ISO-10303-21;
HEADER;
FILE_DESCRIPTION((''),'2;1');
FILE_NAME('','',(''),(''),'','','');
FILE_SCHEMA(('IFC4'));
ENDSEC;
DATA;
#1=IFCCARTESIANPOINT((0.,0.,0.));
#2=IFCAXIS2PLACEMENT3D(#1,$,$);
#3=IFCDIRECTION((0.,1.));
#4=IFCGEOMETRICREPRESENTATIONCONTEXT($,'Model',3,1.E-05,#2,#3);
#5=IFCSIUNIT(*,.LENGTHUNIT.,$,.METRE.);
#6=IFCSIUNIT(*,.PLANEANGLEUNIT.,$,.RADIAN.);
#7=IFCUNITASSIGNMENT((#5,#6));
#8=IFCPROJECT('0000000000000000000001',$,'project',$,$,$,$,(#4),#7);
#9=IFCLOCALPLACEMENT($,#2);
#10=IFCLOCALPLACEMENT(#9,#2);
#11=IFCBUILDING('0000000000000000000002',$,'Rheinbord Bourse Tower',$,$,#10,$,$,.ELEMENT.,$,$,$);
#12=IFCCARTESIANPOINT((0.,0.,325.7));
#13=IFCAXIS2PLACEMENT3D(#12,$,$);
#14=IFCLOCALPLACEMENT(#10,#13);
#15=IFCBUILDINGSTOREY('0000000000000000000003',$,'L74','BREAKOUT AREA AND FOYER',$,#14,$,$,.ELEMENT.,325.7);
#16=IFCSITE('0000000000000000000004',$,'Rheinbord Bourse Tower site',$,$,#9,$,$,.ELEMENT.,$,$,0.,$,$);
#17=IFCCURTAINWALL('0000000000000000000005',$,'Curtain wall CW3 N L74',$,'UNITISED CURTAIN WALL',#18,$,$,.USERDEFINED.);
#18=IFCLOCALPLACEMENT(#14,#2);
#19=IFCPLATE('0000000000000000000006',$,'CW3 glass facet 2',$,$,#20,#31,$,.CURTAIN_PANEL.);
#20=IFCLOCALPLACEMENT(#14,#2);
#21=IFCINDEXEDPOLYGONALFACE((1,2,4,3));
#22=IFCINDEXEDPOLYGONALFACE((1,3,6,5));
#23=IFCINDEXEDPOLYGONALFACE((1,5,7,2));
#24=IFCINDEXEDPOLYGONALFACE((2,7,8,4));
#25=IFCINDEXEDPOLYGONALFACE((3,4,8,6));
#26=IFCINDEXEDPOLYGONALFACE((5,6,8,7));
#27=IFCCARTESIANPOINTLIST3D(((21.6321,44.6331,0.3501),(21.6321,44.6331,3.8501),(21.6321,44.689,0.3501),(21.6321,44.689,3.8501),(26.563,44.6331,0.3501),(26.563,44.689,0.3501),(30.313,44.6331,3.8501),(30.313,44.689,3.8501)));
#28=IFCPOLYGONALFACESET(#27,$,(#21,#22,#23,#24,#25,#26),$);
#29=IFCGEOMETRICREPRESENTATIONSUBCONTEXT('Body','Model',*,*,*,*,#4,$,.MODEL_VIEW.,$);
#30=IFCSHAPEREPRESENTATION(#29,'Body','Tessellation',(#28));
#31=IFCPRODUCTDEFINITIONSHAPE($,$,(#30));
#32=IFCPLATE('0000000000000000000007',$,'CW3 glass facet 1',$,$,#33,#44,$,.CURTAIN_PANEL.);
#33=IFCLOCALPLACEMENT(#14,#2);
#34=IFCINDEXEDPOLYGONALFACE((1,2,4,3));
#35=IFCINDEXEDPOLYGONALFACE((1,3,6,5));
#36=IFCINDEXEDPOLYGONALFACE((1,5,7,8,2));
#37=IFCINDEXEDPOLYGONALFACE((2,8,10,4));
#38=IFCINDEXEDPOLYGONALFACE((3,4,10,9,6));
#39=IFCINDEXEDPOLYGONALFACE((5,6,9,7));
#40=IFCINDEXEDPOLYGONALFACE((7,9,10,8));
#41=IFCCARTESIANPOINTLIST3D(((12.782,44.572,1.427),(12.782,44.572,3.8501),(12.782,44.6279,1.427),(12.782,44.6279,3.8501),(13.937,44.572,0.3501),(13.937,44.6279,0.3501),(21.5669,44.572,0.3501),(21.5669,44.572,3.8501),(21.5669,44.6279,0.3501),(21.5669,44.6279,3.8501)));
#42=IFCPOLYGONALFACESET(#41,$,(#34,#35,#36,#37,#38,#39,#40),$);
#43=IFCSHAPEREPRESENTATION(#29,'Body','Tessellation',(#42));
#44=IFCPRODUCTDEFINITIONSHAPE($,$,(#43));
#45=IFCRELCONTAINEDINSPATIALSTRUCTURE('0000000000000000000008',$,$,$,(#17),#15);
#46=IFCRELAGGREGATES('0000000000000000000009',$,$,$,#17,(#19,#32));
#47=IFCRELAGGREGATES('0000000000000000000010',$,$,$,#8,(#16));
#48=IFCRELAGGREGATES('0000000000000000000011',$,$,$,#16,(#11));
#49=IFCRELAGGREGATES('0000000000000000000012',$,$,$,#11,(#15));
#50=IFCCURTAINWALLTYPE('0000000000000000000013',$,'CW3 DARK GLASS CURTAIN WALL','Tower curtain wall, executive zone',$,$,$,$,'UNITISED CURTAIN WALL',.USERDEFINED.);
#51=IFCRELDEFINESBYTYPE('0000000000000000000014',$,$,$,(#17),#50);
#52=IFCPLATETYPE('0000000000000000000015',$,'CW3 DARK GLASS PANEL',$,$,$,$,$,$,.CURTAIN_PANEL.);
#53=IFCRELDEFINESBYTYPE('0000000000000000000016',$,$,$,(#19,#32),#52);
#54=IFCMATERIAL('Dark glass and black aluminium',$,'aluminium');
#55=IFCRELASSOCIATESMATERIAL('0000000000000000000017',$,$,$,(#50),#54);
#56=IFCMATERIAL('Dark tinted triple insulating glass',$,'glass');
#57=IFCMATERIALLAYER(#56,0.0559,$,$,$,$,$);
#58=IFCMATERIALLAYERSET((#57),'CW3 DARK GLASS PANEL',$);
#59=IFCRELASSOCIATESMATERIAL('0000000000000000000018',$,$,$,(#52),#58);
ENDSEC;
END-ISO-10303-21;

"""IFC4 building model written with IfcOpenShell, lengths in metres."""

from ifc_helpers import new_model, si_unit, direction, frame, origin, place, context, subcontext, project, spatial, polyline, outline, extrude, material, layer, layer_set, type_object, element, aggregate, save


model = new_model("IFC4")

# Units and contexts
model_context = context("Model", 3, precision=1e-05, world=origin(), true_north=direction((0.0, 1.0)))
body_context = subcontext(model_context, "Body", "Model", "MODEL_VIEW")
ifc_project = project(units=[si_unit("LENGTHUNIT", "METRE"), si_unit("PLANEANGLEUNIT", "RADIAN")], contexts=[model_context])

# Site, building, storey
site_placement = place(None, origin())
site = spatial("IfcSite", under=ifc_project, at=site_placement, Name="Rheinbord Bourse Tower site", CompositionType="ELEMENT", RefElevation=0.0)
building_placement = place(site_placement, origin())
building = spatial("IfcBuilding", under=site, at=building_placement, Name="Rheinbord Bourse Tower", CompositionType="ELEMENT")
storey_placement = place(building_placement, frame((0.0, 0.0, 325.7)))
storey = spatial("IfcBuildingStorey", under=building, at=storey_placement, Name="L74", Description="BREAKOUT AREA AND FOYER", CompositionType="ELEMENT", Elevation=325.7)

# Curtain wall
ifc_material_1 = material(Name="Dark glass and black aluminium", Category="aluminium")
curtain_wall_type = type_object("IfcCurtainWallType", Name="CW3 DARK GLASS CURTAIN WALL", Description="Tower curtain wall, executive zone", ElementType="UNITISED CURTAIN WALL", PredefinedType="USERDEFINED", material=ifc_material_1)
curtain_wall_placement = place(storey_placement, origin())
curtain_wall = element("IfcCurtainWall", 1, at=curtain_wall_placement, inside=storey, type_object=curtain_wall_type, Name="Curtain wall CW3 N L74", ObjectType="UNITISED CURTAIN WALL", PredefinedType="USERDEFINED")

# Plates
ifc_material_2 = material(Name="Dark tinted triple insulating glass", Category="glass")
ifc_layer = layer(ifc_material_2, 0.0559)
ifc_layer_set = layer_set([ifc_layer], Name="CW3 DARK GLASS PANEL")
plate_type = type_object("IfcPlateType", Name="CW3 DARK GLASS PANEL", PredefinedType="CURTAIN_PANEL", material=ifc_layer_set)
plate_1_placement = place(storey_placement, frame((21.6321, 44.689, 3.8501), z_axis=(0.0, -1.0, 0.0), x_axis=(0.0, 0.0, -1.0)))
plate_1 = element("IfcPlate", 2, at=plate_1_placement, type_object=plate_type, Name="CW3 glass facet 2", PredefinedType="CURTAIN_PANEL", context=body_context, shape_type="SweptSolid", body=[
    extrude(outline(polyline([(0.0, 0.0), (3.5, 0.0), (3.5, 4.9309), (0.0, 8.6809), (0.0, 0.0)])), origin(), (0.0, 0.0, 1.0), 0.0559),
])
plate_2_placement = place(storey_placement, frame((21.5669, 44.6279, 0.3501), z_axis=(0.0, -1.0, 0.0), x_axis=(0.0, 0.0, 1.0)))
plate_2 = element("IfcPlate", 3, at=plate_2_placement, type_object=plate_type, Name="CW3 glass facet 1", PredefinedType="CURTAIN_PANEL", context=body_context, shape_type="SweptSolid", body=[
    extrude(outline(polyline([(0.0, 0.0), (3.5, 0.0), (3.5, 8.7849), (1.0769, 8.7849), (0.0, 7.6299), (0.0, 0.0)])), origin(), (0.0, 0.0, 1.0), 0.0559),
])
aggregate(curtain_wall, [plate_1, plate_2])

save(model, "model.ifc")
